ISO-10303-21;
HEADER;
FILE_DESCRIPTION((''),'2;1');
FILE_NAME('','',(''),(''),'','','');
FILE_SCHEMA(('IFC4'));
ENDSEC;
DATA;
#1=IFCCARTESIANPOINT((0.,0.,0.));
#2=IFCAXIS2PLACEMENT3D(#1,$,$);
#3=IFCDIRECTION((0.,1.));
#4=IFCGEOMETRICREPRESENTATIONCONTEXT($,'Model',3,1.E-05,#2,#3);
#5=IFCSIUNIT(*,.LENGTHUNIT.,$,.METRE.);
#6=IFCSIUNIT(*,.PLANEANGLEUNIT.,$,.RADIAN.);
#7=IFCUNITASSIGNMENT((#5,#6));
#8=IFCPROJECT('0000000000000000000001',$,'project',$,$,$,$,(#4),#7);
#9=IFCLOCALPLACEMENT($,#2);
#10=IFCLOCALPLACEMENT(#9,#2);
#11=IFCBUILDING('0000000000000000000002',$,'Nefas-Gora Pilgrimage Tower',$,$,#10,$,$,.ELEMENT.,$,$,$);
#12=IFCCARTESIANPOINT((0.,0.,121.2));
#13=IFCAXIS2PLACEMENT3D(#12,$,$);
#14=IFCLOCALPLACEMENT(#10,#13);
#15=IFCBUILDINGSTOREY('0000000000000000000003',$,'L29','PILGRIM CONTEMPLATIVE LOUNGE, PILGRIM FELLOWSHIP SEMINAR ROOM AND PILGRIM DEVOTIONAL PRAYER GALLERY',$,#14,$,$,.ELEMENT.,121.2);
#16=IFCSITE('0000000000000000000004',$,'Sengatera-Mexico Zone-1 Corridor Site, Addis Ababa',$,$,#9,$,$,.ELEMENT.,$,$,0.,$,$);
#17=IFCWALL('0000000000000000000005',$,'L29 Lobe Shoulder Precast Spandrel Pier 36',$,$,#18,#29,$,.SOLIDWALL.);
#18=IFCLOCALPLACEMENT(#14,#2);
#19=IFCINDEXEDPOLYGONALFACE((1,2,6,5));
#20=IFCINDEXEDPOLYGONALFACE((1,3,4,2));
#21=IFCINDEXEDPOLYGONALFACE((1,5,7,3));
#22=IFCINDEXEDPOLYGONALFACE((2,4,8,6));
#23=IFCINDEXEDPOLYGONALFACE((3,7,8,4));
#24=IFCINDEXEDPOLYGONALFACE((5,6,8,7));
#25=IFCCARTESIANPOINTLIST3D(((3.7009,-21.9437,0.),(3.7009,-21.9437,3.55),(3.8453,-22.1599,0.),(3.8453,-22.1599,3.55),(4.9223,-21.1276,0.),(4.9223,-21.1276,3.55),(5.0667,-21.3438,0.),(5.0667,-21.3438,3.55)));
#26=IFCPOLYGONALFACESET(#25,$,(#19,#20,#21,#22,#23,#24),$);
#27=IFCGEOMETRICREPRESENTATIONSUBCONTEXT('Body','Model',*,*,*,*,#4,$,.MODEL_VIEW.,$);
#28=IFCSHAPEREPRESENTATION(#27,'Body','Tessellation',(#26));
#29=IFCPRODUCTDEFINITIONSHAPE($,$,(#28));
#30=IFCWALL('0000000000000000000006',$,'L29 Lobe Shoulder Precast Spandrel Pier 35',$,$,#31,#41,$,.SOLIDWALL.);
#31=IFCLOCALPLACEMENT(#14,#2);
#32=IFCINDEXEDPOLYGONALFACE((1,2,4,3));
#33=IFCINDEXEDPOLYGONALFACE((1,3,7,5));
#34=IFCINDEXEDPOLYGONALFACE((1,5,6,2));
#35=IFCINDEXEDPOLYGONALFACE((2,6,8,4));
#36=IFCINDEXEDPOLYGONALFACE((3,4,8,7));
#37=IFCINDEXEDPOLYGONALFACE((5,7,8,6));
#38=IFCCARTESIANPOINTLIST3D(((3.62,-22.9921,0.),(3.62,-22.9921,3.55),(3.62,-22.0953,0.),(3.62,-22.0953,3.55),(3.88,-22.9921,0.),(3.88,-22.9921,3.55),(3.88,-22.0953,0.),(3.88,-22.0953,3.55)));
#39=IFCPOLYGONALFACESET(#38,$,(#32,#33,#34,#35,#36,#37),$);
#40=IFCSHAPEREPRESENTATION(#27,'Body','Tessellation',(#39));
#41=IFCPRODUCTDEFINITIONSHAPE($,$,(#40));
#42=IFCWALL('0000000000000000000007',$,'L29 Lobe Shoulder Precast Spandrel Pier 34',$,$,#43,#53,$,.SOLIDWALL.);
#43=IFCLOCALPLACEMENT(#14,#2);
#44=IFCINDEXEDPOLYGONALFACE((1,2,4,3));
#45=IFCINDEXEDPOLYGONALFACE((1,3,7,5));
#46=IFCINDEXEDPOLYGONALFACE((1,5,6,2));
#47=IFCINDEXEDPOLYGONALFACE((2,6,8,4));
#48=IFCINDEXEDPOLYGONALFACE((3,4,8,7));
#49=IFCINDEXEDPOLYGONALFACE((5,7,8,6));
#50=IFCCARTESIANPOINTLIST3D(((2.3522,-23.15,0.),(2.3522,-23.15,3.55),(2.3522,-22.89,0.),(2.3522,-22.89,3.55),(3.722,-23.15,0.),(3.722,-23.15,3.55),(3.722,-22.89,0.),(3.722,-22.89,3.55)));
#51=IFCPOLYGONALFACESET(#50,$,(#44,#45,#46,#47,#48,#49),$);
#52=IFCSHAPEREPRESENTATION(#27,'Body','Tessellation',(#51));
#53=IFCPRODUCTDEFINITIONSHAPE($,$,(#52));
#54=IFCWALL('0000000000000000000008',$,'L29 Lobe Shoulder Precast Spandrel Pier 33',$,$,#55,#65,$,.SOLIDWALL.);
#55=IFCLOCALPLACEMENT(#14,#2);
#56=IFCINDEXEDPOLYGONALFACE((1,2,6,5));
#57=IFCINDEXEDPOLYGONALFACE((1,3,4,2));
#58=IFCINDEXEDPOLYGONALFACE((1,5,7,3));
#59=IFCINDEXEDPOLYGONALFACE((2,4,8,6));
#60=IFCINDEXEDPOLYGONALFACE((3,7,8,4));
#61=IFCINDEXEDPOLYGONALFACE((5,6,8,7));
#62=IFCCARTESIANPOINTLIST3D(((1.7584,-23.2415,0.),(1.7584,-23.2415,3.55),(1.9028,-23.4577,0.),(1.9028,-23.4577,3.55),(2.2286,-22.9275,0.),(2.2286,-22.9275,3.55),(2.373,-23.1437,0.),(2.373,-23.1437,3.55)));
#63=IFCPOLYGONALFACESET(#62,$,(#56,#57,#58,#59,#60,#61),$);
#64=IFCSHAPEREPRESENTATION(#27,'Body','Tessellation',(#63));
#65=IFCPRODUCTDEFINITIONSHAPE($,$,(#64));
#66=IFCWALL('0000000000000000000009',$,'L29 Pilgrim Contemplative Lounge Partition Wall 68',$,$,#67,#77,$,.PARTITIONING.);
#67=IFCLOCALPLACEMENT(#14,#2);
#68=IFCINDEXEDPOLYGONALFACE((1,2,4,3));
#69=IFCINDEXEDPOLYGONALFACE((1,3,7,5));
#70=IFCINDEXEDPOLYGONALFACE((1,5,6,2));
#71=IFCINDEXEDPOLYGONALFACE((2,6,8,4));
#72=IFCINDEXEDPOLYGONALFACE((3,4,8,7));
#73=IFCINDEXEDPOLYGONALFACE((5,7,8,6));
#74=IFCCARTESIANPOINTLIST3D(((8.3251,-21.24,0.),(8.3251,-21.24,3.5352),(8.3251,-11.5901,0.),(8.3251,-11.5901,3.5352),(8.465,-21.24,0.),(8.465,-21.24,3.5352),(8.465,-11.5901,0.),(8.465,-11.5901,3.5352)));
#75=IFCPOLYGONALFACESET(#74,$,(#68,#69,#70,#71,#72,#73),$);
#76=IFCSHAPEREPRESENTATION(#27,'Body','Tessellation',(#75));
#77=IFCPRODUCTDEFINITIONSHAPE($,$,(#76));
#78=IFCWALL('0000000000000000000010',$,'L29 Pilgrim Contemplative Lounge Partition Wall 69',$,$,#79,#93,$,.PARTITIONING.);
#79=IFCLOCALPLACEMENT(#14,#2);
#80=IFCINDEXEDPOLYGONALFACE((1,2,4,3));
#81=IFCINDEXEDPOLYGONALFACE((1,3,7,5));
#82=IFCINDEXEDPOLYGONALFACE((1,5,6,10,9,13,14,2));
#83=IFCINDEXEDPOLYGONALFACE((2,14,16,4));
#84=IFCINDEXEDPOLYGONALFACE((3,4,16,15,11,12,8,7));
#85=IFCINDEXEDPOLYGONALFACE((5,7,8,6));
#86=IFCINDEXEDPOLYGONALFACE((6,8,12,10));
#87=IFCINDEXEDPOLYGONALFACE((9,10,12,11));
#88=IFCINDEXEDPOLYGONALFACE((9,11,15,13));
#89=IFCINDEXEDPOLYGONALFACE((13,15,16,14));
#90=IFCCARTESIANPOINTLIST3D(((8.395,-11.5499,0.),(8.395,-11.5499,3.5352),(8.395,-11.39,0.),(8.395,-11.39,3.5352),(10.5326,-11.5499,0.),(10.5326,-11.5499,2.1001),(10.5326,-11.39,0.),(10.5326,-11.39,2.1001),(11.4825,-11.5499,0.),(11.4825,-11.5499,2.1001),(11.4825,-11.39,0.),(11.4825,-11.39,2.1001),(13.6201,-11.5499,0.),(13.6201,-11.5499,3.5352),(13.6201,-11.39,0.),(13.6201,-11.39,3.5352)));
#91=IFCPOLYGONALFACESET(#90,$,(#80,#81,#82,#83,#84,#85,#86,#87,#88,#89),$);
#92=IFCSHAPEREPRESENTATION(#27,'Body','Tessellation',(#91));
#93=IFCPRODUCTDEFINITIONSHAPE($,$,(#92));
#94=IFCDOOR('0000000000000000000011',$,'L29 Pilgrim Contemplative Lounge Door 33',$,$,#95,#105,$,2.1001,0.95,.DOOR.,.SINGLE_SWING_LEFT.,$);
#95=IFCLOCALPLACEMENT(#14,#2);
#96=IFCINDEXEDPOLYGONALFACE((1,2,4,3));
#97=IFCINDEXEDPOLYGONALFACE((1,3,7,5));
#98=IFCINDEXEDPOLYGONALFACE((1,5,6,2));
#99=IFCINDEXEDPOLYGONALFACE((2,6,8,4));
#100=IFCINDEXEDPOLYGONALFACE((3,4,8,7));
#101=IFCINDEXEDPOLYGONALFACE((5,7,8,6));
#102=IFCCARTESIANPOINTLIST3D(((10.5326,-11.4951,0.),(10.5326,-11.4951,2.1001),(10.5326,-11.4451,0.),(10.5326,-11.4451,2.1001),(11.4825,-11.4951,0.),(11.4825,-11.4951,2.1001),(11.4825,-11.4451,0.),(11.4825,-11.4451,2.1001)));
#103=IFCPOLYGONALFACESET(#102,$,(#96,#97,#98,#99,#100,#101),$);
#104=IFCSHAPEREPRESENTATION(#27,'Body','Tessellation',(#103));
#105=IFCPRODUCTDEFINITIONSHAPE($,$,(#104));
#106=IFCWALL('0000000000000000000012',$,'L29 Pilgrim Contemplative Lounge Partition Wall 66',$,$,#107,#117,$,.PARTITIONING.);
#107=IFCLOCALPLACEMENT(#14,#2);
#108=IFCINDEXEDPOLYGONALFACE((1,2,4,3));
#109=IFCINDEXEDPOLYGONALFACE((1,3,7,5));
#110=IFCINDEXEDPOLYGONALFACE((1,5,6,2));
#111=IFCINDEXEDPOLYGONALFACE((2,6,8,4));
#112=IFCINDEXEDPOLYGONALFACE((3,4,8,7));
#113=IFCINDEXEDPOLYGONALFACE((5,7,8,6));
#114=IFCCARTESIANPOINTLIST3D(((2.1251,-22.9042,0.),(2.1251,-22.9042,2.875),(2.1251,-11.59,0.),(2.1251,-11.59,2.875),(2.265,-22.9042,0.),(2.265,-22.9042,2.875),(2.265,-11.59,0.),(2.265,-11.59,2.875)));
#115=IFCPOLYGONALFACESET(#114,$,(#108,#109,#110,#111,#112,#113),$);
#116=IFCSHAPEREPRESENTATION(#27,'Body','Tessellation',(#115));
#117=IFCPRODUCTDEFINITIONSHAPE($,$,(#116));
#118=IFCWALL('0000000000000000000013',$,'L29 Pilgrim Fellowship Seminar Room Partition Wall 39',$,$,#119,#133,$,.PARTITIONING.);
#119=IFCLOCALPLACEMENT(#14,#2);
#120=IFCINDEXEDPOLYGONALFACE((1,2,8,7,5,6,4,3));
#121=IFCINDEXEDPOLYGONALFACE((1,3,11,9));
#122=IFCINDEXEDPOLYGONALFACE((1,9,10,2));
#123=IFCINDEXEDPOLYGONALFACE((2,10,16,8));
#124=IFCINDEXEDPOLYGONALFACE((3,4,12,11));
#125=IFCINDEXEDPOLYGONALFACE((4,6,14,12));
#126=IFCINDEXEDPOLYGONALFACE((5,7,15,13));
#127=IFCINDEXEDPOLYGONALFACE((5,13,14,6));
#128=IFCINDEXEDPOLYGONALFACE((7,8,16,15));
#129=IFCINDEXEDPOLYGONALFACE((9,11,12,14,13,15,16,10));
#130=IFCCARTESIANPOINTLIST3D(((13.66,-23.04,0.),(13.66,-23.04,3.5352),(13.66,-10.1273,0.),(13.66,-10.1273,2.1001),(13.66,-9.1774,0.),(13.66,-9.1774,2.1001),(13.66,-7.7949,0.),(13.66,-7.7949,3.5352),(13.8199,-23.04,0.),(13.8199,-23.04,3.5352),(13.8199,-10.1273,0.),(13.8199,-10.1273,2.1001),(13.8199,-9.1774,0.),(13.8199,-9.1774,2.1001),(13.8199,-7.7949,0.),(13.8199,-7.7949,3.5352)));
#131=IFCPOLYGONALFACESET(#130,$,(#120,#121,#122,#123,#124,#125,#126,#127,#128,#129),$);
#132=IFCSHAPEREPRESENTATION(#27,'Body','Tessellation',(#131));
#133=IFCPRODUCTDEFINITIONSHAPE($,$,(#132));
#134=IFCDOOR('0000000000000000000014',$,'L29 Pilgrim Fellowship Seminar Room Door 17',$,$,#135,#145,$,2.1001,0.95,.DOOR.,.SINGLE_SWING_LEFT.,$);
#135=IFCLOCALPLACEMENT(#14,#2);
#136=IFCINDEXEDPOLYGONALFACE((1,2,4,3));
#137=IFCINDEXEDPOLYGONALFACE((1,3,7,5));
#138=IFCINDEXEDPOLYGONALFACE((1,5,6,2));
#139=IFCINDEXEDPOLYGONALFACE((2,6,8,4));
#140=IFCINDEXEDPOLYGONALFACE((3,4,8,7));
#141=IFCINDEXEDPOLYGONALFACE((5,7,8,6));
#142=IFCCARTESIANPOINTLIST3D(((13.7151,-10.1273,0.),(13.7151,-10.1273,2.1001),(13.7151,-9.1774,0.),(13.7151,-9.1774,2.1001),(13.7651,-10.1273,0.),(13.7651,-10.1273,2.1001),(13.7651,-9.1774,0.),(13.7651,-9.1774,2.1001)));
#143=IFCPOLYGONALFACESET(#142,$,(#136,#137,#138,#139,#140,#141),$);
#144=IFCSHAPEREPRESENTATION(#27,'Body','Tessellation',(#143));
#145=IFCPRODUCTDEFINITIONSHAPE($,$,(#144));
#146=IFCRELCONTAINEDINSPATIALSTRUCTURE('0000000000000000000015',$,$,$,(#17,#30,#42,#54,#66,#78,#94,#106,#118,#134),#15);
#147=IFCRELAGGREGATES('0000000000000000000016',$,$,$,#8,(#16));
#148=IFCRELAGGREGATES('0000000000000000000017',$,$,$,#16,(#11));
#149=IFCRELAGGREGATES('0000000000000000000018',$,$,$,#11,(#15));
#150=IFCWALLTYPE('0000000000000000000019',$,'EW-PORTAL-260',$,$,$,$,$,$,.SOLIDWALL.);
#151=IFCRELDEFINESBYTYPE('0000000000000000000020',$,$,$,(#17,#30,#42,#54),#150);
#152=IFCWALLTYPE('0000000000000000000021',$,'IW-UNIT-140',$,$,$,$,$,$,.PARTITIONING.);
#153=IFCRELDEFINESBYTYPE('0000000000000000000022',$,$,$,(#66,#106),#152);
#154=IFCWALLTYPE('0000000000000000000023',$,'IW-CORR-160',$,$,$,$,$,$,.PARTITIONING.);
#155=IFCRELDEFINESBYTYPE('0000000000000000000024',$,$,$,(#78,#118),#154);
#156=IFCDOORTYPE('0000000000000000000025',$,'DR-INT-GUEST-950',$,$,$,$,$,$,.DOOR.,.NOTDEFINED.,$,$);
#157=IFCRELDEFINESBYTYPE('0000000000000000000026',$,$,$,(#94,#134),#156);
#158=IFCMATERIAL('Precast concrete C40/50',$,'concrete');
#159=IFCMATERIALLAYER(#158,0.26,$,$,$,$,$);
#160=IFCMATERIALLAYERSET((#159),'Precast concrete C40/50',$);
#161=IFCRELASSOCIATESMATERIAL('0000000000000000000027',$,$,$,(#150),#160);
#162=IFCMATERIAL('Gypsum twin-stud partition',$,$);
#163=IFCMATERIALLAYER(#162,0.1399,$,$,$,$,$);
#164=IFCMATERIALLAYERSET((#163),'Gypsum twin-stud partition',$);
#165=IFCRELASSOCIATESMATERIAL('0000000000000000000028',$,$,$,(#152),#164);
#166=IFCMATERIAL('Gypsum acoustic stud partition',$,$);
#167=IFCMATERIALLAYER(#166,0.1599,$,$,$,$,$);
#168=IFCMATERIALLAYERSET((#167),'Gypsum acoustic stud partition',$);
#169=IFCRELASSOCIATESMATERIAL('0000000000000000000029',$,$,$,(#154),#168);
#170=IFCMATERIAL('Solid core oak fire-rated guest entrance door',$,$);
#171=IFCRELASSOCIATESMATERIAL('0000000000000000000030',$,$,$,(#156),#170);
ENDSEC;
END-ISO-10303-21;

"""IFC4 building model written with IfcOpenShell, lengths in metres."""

from ifc_helpers import new_model, si_unit, direction, frame, frame_2d, origin, place, context, subcontext, project, spatial, rectangle, extrude, source, transform, mapped, material, layer, layer_set, type_object, element, fill, save


model = new_model("IFC4")

# Units and contexts
model_context = context("Model", 3, precision=1e-05, world=origin(), true_north=direction((0.0, 1.0)))
body_context = subcontext(model_context, "Body", "Model", "MODEL_VIEW")
ifc_project = project(units=[si_unit("LENGTHUNIT", "METRE"), si_unit("PLANEANGLEUNIT", "RADIAN")], contexts=[model_context])

# Site, building, storey
site_placement = place(None, origin())
site = spatial("IfcSite", under=ifc_project, at=site_placement, Name="Sengatera-Mexico Zone-1 Corridor Site, Addis Ababa", CompositionType="ELEMENT", RefElevation=0.0)
building_placement = place(site_placement, origin())
building = spatial("IfcBuilding", under=site, at=building_placement, Name="Nefas-Gora Pilgrimage Tower", CompositionType="ELEMENT")
storey_placement = place(building_placement, frame((0.0, 0.0, 121.2)))
storey = spatial("IfcBuildingStorey", under=building, at=storey_placement, Name="L29", Description="PILGRIM CONTEMPLATIVE LOUNGE, PILGRIM FELLOWSHIP SEMINAR ROOM AND PILGRIM DEVOTIONAL PRAYER GALLERY", CompositionType="ELEMENT", Elevation=121.2)

# Walls
ifc_material_1 = material(Name="Precast concrete C40/50", Category="concrete")
ifc_layer_1 = layer(ifc_material_1, 0.26)
ifc_layer_set_1 = layer_set([ifc_layer_1], Name="Precast concrete C40/50")
wall_type_1 = type_object("IfcWallType", Name="EW-PORTAL-260", PredefinedType="SOLIDWALL", material=ifc_layer_set_1)
shared_shape_1 = source(origin(), body_context, "Body", "SweptSolid", [
    extrude(rectangle(XDim=1.469, YDim=0.26, at=frame_2d((0.7344, 0.0))), origin(), (0.0, 0.0, 1.0), 3.55),
])
wall_1_placement = place(storey_placement, frame((3.7732, -22.0518, 0.0), z_axis=(0.0, 0.0, 1.0), x_axis=(0.831462, 0.555582, 0.0)))
element("IfcWall", 1, at=wall_1_placement, inside=storey, type_object=wall_type_1, Name="L29 Lobe Shoulder Precast Spandrel Pier 36", PredefinedType="SOLIDWALL", context=body_context, shape_type="MappedRepresentation", body=[
    mapped(shared_shape_1, transform((0.0, 0.0, 0.0), x_axis=(1.0, 0.0, 0.0), y_axis=(0.0, 1.0, 0.0), z_axis=(0.0, 0.0, 1.0), scale=1.0)),
])
shared_shape_2 = source(origin(), body_context, "Body", "SweptSolid", [
    extrude(rectangle(XDim=0.8967, YDim=0.26, at=frame_2d((0.4482, 0.0))), origin(), (0.0, 0.0, 1.0), 3.55),
])
wall_2_placement = place(storey_placement, frame((3.75, -22.9919, 0.0), z_axis=(0.0, 0.0, 1.0), x_axis=(0.0, 1.0, 0.0)))
element("IfcWall", 2, at=wall_2_placement, inside=storey, type_object=wall_type_1, Name="L29 Lobe Shoulder Precast Spandrel Pier 35", PredefinedType="SOLIDWALL", context=body_context, shape_type="MappedRepresentation", body=[
    mapped(shared_shape_2, transform((0.0, 0.0, 0.0), x_axis=(1.0, 0.0, 0.0), y_axis=(0.0, 1.0, 0.0), z_axis=(0.0, 0.0, 1.0), scale=1.0)),
])
shared_shape_3 = source(origin(), body_context, "Body", "SweptSolid", [
    extrude(rectangle(XDim=1.3699, YDim=0.26, at=frame_2d((0.6851, 0.0))), origin(), (0.0, 0.0, 1.0), 3.55),
])
wall_3_placement = place(storey_placement, frame((2.3521, -23.02, 0.0), z_axis=(0.0, 0.0, 1.0), x_axis=(1.0, 0.0, 0.0)))
element("IfcWall", 3, at=wall_3_placement, inside=storey, type_object=wall_type_1, Name="L29 Lobe Shoulder Precast Spandrel Pier 34", PredefinedType="SOLIDWALL", context=body_context, shape_type="MappedRepresentation", body=[
    mapped(shared_shape_3, transform((0.0, 0.0, 0.0), x_axis=(1.0, 0.0, 0.0), y_axis=(0.0, 1.0, 0.0), z_axis=(0.0, 0.0, 1.0), scale=1.0)),
])
shared_shape_4 = source(origin(), body_context, "Body", "SweptSolid", [
    extrude(rectangle(XDim=0.5654, YDim=0.26, at=frame_2d((0.2827, 0.0))), origin(), (0.0, 0.0, 1.0), 3.55),
])
wall_4_placement = place(storey_placement, frame((1.8306, -23.3496, 0.0), z_axis=(0.0, 0.0, 1.0), x_axis=(0.831651, 0.555298, 0.0)))
element("IfcWall", 4, at=wall_4_placement, inside=storey, type_object=wall_type_1, Name="L29 Lobe Shoulder Precast Spandrel Pier 33", PredefinedType="SOLIDWALL", context=body_context, shape_type="MappedRepresentation", body=[
    mapped(shared_shape_4, transform((0.0, 0.0, 0.0), x_axis=(1.0, 0.0, 0.0), y_axis=(0.0, 1.0, 0.0), z_axis=(0.0, 0.0, 1.0), scale=1.0)),
])
ifc_material_2 = material(Name="Gypsum twin-stud partition")
ifc_layer_2 = layer(ifc_material_2, 0.1399)
ifc_layer_set_2 = layer_set([ifc_layer_2], Name="Gypsum twin-stud partition")
wall_type_2 = type_object("IfcWallType", Name="IW-UNIT-140", PredefinedType="PARTITIONING", material=ifc_layer_set_2)
shared_shape_5 = source(origin(), body_context, "Body", "SweptSolid", [
    extrude(rectangle(XDim=9.6499, YDim=0.1399, at=frame_2d((4.825, 0.0))), origin(), (0.0, 0.0, 1.0), 3.5352),
])
wall_5_placement = place(storey_placement, frame((8.395, -21.24, 0.0), z_axis=(0.0, 0.0, 1.0), x_axis=(0.0, 1.0, 0.0)))
element("IfcWall", 5, at=wall_5_placement, inside=storey, type_object=wall_type_2, Name="L29 Pilgrim Contemplative Lounge Partition Wall 68", PredefinedType="PARTITIONING", context=body_context, shape_type="MappedRepresentation", body=[
    mapped(shared_shape_5, transform((0.0, 0.0, 0.0), x_axis=(1.0, 0.0, 0.0), y_axis=(0.0, 1.0, 0.0), z_axis=(0.0, 0.0, 1.0), scale=1.0)),
])

# Wall, opening, door
ifc_material_3 = material(Name="Gypsum acoustic stud partition")
ifc_layer_3 = layer(ifc_material_3, 0.1599)
ifc_layer_set_3 = layer_set([ifc_layer_3], Name="Gypsum acoustic stud partition")
wall_type_3 = type_object("IfcWallType", Name="IW-CORR-160", PredefinedType="PARTITIONING", material=ifc_layer_set_3)
shared_shape_6 = source(origin(), body_context, "Body", "SweptSolid", [
    extrude(rectangle(XDim=5.2251, YDim=0.1599, at=frame_2d((2.6125, 0.0))), origin(), (0.0, 0.0, 1.0), 3.5352),
])
wall_6_placement = place(storey_placement, frame((8.395, -11.47, 0.0), z_axis=(0.0, 0.0, 1.0), x_axis=(1.0, 0.0, 0.0)))
wall_6 = element("IfcWall", 6, at=wall_6_placement, inside=storey, type_object=wall_type_3, Name="L29 Pilgrim Contemplative Lounge Partition Wall 69", PredefinedType="PARTITIONING", context=body_context, shape_type="MappedRepresentation", body=[
    mapped(shared_shape_6, transform((0.0, 0.0, 0.0), x_axis=(1.0, 0.0, 0.0), y_axis=(0.0, 1.0, 0.0), z_axis=(0.0, 0.0, 1.0), scale=1.0)),
])
opening_1_placement = place(wall_6_placement, frame((2.1375, 0.0, 0.0)))
opening_1 = element("IfcOpeningElement", 7, at=opening_1_placement, cuts=wall_6, PredefinedType="OPENING", context=body_context, shape_type="SweptSolid", body=[
    extrude(rectangle(XDim=0.95, YDim=2.1001, at=frame_2d((0.4751, 1.05))), frame((0.0, 0.0898, 0.0), z_axis=(0.0, -1.0, 0.0), x_axis=(1.0, 0.0, 0.0)), (0.0, 0.0, 1.0), 0.1799),
])
ifc_material_4 = material(Name="Solid core oak fire-rated guest entrance door")
door_type = type_object("IfcDoorType", Name="DR-INT-GUEST-950", OperationType="NOTDEFINED", PredefinedType="DOOR", material=ifc_material_4)
shared_shape_7 = source(origin(), body_context, "Body", "SweptSolid", [
    extrude(rectangle(XDim=0.95, YDim=2.1001, at=frame_2d((0.4751, 1.05))), frame((0.0, 0.0249, 0.0), z_axis=(0.0, -1.0, 0.0), x_axis=(1.0, 0.0, 0.0)), (0.0, 0.0, 1.0), 0.05),
])
door_1_placement = place(opening_1_placement, origin())
door_1 = element("IfcDoor", 8, at=door_1_placement, inside=storey, type_object=door_type, Name="L29 Pilgrim Contemplative Lounge Door 33", OperationType="SINGLE_SWING_LEFT", OverallHeight=2.1001, OverallWidth=0.95, PredefinedType="DOOR", context=body_context, shape_type="MappedRepresentation", body=[
    mapped(shared_shape_7, transform((0.0, 0.0, 0.0), x_axis=(1.0, 0.0, 0.0), y_axis=(0.0, 1.0, 0.0), z_axis=(0.0, 0.0, 1.0), scale=1.0)),
])
fill(opening_1, door_1)

# Wall
shared_shape_8 = source(origin(), body_context, "Body", "SweptSolid", [
    extrude(rectangle(XDim=11.3142, YDim=0.1399, at=frame_2d((5.6572, 0.0))), origin(), (0.0, 0.0, 1.0), 2.875),
])
wall_7_placement = place(storey_placement, frame((2.1951, -22.9043, 0.0), z_axis=(0.0, 0.0, 1.0), x_axis=(0.0, 1.0, 0.0)))
element("IfcWall", 9, at=wall_7_placement, inside=storey, type_object=wall_type_2, Name="L29 Pilgrim Contemplative Lounge Partition Wall 66", PredefinedType="PARTITIONING", context=body_context, shape_type="MappedRepresentation", body=[
    mapped(shared_shape_8, transform((0.0, 0.0, 0.0), x_axis=(1.0, 0.0, 0.0), y_axis=(0.0, 1.0, 0.0), z_axis=(0.0, 0.0, 1.0), scale=1.0)),
])

# Wall, opening, door
shared_shape_9 = source(origin(), body_context, "Body", "SweptSolid", [
    extrude(rectangle(XDim=15.2451, YDim=0.1599, at=frame_2d((7.6226, 0.0))), origin(), (0.0, 0.0, 1.0), 3.5352),
])
wall_8_placement = place(storey_placement, frame((13.74, -23.04, 0.0), z_axis=(0.0, 0.0, 1.0), x_axis=(0.0, 1.0, 0.0)))
wall_8 = element("IfcWall", 10, at=wall_8_placement, inside=storey, type_object=wall_type_3, Name="L29 Pilgrim Fellowship Seminar Room Partition Wall 39", PredefinedType="PARTITIONING", context=body_context, shape_type="MappedRepresentation", body=[
    mapped(shared_shape_9, transform((0.0, 0.0, 0.0), x_axis=(1.0, 0.0, 0.0), y_axis=(0.0, 1.0, 0.0), z_axis=(0.0, 0.0, 1.0), scale=1.0)),
])
opening_2_placement = place(wall_8_placement, frame((12.9126, 0.0, 0.0)))
opening_2 = element("IfcOpeningElement", 11, at=opening_2_placement, cuts=wall_8, PredefinedType="OPENING", context=body_context, shape_type="SweptSolid", body=[
    extrude(rectangle(XDim=0.95, YDim=2.1001, at=frame_2d((0.4751, 1.05))), frame((0.0, 0.0898, 0.0), z_axis=(0.0, -1.0, 0.0), x_axis=(1.0, 0.0, 0.0)), (0.0, 0.0, 1.0), 0.1799),
])
door_2_placement = place(opening_2_placement, origin())
door_2 = element("IfcDoor", 12, at=door_2_placement, inside=storey, type_object=door_type, Name="L29 Pilgrim Fellowship Seminar Room Door 17", OperationType="SINGLE_SWING_LEFT", OverallHeight=2.1001, OverallWidth=0.95, PredefinedType="DOOR", context=body_context, shape_type="MappedRepresentation", body=[
    mapped(shared_shape_7, transform((0.0, 0.0, 0.0), x_axis=(1.0, 0.0, 0.0), y_axis=(0.0, 1.0, 0.0), z_axis=(0.0, 0.0, 1.0), scale=1.0)),
])
fill(opening_2, door_2)

save(model, "model.ifc")
